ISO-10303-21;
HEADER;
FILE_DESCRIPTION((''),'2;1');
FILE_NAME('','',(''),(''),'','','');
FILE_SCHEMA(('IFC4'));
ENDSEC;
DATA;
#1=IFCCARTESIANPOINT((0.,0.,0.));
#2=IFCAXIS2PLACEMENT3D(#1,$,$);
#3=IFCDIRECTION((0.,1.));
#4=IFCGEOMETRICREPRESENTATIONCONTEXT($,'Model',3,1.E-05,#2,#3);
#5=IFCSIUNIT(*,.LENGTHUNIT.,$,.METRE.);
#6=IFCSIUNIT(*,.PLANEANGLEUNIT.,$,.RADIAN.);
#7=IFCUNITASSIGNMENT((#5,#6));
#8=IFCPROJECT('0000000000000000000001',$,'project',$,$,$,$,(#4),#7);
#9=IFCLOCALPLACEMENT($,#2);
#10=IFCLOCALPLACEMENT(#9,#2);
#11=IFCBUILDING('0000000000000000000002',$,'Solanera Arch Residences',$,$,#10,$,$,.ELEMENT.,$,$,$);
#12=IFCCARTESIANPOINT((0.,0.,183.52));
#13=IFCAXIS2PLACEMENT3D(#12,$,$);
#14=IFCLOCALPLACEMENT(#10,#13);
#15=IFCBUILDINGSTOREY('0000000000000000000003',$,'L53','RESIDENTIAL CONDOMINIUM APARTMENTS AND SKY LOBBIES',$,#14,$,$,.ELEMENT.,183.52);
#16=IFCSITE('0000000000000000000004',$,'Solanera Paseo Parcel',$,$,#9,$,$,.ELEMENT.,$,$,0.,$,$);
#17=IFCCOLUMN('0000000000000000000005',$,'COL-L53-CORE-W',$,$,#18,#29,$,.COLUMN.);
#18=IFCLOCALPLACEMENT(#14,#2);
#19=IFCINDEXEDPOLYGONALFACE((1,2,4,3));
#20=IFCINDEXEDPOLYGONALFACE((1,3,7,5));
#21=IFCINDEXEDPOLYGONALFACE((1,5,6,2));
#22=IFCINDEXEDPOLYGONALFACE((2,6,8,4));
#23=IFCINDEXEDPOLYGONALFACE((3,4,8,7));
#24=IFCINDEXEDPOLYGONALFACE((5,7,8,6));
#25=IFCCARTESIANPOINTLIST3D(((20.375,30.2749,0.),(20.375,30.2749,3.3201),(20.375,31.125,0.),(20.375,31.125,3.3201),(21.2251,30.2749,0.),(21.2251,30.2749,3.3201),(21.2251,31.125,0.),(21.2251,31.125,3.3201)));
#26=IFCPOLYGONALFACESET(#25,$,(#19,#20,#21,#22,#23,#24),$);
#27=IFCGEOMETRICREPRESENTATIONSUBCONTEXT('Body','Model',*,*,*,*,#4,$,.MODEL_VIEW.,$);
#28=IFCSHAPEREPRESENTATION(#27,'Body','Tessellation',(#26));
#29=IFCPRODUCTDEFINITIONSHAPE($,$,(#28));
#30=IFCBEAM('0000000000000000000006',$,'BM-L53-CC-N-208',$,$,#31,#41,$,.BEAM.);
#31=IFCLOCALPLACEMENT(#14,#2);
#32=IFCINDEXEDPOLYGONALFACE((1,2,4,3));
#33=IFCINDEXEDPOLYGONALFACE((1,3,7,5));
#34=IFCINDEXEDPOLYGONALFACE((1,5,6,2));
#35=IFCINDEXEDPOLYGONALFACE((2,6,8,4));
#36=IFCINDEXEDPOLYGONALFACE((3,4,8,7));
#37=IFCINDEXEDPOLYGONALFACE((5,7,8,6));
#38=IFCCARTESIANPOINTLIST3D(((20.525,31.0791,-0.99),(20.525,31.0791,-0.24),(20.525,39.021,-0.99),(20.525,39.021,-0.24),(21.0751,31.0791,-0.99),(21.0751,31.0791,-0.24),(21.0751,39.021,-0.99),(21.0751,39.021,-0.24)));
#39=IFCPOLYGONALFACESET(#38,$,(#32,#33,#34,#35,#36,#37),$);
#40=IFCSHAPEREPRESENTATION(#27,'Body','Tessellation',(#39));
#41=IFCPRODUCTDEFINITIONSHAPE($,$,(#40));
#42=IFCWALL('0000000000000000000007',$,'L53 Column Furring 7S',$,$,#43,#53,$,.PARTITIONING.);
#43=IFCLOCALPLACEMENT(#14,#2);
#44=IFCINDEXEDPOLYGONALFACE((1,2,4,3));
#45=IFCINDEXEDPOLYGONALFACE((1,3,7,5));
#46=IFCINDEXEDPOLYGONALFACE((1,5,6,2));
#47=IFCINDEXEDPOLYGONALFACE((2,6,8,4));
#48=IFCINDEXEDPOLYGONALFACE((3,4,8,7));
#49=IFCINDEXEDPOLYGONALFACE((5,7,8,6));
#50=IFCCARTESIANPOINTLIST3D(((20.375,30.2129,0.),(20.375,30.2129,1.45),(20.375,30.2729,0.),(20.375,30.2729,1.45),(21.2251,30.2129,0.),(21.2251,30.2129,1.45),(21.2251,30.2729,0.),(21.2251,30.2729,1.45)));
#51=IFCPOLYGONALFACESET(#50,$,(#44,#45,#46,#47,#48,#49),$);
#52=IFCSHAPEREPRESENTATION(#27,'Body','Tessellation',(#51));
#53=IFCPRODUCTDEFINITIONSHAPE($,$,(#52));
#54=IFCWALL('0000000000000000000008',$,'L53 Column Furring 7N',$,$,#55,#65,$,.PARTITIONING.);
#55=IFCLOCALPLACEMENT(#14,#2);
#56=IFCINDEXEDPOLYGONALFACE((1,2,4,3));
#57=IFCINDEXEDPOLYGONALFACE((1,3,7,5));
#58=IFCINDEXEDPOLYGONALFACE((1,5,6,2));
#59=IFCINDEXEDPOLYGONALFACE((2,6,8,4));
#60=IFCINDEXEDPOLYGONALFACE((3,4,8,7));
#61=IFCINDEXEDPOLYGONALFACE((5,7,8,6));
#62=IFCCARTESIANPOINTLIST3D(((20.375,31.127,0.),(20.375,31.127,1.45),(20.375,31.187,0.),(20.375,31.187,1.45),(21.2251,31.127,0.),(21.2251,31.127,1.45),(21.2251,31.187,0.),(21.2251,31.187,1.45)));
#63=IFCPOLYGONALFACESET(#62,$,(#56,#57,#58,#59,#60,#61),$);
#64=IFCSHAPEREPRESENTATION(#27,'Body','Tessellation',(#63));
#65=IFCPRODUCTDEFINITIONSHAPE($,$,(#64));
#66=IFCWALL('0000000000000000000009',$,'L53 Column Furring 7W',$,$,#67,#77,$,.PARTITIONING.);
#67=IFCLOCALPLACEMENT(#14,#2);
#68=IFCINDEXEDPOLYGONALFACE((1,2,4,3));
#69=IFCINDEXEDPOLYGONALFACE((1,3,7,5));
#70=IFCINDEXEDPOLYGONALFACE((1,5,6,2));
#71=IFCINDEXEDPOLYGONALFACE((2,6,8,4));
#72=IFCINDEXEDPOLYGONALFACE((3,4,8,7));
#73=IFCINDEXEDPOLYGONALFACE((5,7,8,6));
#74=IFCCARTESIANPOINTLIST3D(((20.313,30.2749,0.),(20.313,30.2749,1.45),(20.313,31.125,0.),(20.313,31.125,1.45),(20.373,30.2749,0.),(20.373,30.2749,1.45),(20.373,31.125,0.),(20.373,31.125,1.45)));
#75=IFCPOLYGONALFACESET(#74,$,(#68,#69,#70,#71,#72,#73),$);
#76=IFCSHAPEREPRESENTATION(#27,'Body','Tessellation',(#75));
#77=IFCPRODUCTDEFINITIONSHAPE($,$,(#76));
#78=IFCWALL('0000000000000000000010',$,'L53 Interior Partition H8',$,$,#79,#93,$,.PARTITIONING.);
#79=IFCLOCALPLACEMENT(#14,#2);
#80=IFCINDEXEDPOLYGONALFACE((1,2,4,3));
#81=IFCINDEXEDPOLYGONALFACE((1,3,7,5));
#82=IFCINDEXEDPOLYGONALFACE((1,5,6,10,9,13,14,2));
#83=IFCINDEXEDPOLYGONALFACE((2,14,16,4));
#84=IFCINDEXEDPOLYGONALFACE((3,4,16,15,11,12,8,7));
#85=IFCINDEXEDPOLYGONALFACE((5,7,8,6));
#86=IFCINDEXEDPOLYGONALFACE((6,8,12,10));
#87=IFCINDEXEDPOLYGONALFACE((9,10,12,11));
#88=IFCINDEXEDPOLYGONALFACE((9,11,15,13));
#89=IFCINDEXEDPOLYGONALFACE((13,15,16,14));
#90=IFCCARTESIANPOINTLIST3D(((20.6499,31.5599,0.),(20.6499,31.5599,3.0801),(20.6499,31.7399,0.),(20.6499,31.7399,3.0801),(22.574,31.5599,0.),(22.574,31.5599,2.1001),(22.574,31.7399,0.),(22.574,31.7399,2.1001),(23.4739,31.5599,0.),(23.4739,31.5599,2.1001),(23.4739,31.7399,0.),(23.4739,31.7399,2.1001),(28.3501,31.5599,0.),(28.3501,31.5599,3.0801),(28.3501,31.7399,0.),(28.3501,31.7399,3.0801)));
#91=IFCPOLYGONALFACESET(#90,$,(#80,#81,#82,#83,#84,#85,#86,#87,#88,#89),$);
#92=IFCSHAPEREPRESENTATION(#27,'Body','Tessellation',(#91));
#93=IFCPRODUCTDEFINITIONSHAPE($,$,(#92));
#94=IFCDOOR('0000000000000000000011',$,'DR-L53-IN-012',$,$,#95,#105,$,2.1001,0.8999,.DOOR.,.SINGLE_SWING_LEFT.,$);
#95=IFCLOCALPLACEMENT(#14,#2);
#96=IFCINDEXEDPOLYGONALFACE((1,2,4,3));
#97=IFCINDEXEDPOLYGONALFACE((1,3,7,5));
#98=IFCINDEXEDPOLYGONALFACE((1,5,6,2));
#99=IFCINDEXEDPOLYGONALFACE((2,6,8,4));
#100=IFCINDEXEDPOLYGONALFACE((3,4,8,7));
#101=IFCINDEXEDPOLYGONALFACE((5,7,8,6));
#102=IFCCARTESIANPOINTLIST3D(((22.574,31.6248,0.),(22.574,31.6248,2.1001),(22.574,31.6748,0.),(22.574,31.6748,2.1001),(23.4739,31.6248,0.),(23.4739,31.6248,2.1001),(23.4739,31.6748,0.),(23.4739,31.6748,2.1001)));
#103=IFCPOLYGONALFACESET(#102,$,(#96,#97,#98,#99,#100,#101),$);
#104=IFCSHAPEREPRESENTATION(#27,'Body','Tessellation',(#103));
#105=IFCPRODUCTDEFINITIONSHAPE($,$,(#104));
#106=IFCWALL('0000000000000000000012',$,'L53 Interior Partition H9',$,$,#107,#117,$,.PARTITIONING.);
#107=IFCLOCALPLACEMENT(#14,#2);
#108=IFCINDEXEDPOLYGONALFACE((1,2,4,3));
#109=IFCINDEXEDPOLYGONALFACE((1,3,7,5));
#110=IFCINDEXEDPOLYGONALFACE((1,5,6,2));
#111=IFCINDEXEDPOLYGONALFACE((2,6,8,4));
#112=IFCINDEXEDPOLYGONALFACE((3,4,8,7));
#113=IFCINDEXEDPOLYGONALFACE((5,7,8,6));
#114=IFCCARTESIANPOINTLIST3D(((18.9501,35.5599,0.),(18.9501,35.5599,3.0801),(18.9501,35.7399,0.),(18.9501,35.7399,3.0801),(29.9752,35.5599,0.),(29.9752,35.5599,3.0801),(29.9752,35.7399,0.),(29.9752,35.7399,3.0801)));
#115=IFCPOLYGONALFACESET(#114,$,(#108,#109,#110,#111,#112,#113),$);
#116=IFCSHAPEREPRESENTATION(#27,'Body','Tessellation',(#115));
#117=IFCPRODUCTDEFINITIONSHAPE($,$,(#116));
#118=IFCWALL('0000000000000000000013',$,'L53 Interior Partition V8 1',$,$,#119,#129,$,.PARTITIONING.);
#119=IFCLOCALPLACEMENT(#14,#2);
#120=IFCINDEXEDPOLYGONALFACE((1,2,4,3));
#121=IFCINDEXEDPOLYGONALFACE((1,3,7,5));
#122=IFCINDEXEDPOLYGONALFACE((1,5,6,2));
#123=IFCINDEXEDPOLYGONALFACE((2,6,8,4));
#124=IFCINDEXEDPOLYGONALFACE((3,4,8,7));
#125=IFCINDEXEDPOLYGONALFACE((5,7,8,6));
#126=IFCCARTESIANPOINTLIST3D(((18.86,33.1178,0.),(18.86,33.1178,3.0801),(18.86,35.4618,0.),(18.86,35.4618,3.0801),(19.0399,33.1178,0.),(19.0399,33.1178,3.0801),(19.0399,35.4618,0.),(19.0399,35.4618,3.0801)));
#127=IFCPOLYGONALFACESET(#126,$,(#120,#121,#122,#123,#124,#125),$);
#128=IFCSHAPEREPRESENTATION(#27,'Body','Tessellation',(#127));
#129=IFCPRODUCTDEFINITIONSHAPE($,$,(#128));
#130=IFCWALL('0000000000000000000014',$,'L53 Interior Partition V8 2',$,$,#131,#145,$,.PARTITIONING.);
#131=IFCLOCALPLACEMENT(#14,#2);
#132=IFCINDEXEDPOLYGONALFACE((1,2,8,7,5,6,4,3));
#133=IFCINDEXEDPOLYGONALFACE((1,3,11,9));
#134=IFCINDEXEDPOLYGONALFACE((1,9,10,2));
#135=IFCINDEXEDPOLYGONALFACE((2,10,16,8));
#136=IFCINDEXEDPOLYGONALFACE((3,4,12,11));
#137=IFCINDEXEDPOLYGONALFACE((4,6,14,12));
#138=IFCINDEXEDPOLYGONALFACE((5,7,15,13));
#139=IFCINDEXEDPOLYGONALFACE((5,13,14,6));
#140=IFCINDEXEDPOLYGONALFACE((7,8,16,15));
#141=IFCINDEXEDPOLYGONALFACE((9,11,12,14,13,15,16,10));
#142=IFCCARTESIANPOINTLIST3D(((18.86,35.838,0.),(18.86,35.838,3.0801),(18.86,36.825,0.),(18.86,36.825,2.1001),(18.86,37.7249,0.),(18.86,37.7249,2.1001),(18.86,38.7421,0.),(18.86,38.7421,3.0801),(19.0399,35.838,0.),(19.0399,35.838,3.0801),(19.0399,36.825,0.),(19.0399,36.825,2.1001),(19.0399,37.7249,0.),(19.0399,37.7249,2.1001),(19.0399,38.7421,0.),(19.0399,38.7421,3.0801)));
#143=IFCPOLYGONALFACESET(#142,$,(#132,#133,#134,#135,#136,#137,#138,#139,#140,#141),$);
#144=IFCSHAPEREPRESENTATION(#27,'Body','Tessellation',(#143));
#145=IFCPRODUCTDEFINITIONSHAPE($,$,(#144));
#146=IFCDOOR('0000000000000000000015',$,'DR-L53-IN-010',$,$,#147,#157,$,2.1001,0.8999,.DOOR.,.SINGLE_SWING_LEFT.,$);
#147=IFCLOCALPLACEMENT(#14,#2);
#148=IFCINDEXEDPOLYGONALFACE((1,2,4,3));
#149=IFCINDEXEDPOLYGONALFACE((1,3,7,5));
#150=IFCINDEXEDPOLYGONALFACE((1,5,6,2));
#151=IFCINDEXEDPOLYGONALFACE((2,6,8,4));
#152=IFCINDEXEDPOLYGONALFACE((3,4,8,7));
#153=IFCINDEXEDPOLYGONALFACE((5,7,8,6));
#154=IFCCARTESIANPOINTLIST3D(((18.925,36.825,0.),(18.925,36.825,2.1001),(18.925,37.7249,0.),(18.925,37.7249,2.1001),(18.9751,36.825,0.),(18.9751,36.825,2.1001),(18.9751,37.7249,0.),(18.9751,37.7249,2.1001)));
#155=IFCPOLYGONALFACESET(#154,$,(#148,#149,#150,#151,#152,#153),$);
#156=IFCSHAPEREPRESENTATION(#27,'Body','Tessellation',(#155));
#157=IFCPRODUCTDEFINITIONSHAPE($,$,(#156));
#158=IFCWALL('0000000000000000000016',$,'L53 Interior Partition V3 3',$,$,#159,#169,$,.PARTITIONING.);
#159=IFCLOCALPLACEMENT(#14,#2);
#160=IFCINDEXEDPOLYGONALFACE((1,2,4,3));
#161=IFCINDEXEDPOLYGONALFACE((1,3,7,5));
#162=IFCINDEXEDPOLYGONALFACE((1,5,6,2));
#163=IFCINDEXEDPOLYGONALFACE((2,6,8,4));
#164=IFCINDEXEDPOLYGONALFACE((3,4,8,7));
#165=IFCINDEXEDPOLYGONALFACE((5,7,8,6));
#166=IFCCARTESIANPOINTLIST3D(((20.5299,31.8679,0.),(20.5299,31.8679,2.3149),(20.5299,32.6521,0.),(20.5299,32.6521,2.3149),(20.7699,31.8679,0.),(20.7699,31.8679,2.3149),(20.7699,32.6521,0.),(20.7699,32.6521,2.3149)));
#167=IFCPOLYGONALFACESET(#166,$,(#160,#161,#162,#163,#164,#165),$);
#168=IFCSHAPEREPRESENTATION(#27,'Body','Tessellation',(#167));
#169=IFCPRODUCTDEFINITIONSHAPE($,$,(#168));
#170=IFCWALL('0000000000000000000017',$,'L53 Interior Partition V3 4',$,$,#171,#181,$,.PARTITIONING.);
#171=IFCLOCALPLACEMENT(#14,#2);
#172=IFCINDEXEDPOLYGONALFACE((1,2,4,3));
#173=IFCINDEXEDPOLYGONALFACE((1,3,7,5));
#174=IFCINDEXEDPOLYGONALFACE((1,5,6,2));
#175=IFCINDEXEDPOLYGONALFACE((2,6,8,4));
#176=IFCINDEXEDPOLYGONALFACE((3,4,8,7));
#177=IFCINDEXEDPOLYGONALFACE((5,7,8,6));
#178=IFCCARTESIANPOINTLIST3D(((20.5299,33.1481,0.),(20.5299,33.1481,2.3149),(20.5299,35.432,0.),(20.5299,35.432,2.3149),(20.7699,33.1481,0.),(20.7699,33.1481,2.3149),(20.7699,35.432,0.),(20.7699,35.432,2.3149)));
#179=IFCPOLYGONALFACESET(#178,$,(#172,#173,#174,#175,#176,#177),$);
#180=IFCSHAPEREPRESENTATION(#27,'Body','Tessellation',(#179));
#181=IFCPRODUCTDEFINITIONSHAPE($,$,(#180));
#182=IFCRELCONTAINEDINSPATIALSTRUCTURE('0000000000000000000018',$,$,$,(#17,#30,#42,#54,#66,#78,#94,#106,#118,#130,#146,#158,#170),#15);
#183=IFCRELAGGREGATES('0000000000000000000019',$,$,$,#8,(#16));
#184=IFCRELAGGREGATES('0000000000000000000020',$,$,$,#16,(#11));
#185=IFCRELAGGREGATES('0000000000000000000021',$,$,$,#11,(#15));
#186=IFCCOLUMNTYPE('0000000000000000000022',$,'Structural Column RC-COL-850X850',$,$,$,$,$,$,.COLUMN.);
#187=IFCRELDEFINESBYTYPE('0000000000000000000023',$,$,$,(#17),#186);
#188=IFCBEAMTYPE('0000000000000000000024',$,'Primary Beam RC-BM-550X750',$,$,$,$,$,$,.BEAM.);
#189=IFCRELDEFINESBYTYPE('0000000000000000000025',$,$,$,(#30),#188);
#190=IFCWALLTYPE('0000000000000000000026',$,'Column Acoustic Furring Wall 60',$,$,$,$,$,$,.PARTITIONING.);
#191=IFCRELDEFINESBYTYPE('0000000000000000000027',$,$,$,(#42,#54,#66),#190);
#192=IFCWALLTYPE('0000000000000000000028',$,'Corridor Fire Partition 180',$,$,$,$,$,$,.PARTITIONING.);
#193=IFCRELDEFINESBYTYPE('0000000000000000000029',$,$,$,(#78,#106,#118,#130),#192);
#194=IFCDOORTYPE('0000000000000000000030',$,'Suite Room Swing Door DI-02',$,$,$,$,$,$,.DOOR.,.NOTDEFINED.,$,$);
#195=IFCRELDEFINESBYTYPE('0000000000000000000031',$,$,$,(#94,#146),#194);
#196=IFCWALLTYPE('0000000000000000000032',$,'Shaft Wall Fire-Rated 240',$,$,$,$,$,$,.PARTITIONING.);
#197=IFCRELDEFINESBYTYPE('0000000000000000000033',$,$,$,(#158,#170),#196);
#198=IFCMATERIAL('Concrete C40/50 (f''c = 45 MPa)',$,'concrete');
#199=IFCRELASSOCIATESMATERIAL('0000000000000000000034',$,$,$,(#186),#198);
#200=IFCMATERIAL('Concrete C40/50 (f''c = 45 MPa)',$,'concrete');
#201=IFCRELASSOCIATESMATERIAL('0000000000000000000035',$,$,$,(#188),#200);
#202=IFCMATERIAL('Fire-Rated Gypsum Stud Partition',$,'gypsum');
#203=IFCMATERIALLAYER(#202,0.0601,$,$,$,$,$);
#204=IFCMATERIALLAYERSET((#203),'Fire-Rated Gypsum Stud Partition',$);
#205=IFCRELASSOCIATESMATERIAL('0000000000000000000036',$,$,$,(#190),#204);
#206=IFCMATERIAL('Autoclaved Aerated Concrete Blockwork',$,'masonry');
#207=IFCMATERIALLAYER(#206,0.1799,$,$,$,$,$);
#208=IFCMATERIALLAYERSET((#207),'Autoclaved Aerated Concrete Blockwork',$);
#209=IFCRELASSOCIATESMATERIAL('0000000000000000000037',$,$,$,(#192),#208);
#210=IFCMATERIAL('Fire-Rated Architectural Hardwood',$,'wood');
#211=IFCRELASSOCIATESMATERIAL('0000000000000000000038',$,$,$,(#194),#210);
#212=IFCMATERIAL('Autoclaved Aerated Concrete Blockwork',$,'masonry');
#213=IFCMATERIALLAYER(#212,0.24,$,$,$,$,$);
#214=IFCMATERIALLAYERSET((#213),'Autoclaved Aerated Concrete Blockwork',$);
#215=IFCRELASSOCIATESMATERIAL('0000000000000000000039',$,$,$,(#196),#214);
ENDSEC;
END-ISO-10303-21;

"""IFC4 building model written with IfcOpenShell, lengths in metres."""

from ifc_helpers import new_model, si_unit, direction, frame, frame_2d, origin, origin_2d, place, context, subcontext, project, spatial, rectangle, extrude, material, layer, layer_set, material_profile, profile_set, type_object, element, fill, save


model = new_model("IFC4")

# Units and contexts
model_context = context("Model", 3, precision=1e-05, world=origin(), true_north=direction((0.0, 1.0)))
body_context = subcontext(model_context, "Body", "Model", "MODEL_VIEW")
ifc_project = project(units=[si_unit("LENGTHUNIT", "METRE"), si_unit("PLANEANGLEUNIT", "RADIAN")], contexts=[model_context])

# Site, building, storey
site_placement = place(None, origin())
site = spatial("IfcSite", under=ifc_project, at=site_placement, Name="Solanera Paseo Parcel", CompositionType="ELEMENT", RefElevation=0.0)
building_placement = place(site_placement, origin())
building = spatial("IfcBuilding", under=site, at=building_placement, Name="Solanera Arch Residences", CompositionType="ELEMENT")
storey_placement = place(building_placement, frame((0.0, 0.0, 183.52)))
storey = spatial("IfcBuildingStorey", under=building, at=storey_placement, Name="L53", Description="RESIDENTIAL CONDOMINIUM APARTMENTS AND SKY LOBBIES", CompositionType="ELEMENT", Elevation=183.52)

# Column
ifc_material_1 = material(Name="Concrete C40/50 (f'c = 45 MPa)", Category="concrete")
ifc_material_profile_1 = material_profile(ifc_material_1, rectangle(XDim=0.8501, YDim=0.8501, at=origin_2d()))
ifc_profile_set_1 = profile_set([ifc_material_profile_1], Name="Concrete C40/50 (f'c = 45 MPa)")
column_type = type_object("IfcColumnType", Name="Structural Column RC-COL-850X850", PredefinedType="COLUMN", material=ifc_profile_set_1)
column_placement = place(storey_placement, frame((20.8, 30.7, 0.0), z_axis=(0.0, 0.0, 1.0), x_axis=(1.0, 0.0, 0.0)))
element("IfcColumn", 1, at=column_placement, inside=storey, type_object=column_type, Name="COL-L53-CORE-W", PredefinedType="COLUMN", context=body_context, shape_type="SweptSolid", body=[
    extrude(rectangle(XDim=0.8501, YDim=0.8501, at=origin_2d()), origin(), (0.0, 0.0, 1.0), 3.3201),
])

# Beam
ifc_material_2 = material(Name="Concrete C40/50 (f'c = 45 MPa)", Category="concrete")
ifc_material_profile_2 = material_profile(ifc_material_2, rectangle(XDim=0.55, YDim=0.75, at=origin_2d()))
ifc_profile_set_2 = profile_set([ifc_material_profile_2], Name="Concrete C40/50 (f'c = 45 MPa)")
beam_type = type_object("IfcBeamType", Name="Primary Beam RC-BM-550X750", PredefinedType="BEAM", material=ifc_profile_set_2)
beam_placement = place(storey_placement, frame((20.8, 31.0791, -0.615), z_axis=(0.0, 1.0, 0.0), x_axis=(-1.0, 0.0, 0.0)))
element("IfcBeam", 2, at=beam_placement, inside=storey, type_object=beam_type, Name="BM-L53-CC-N-208", PredefinedType="BEAM", context=body_context, shape_type="SweptSolid", body=[
    extrude(rectangle(XDim=0.55, YDim=0.75, at=origin_2d()), origin(), (0.0, 0.0, 1.0), 7.9419),
])

# Walls
ifc_material_3 = material(Name="Fire-Rated Gypsum Stud Partition", Category="gypsum")
ifc_layer_1 = layer(ifc_material_3, 0.0601)
ifc_layer_set_1 = layer_set([ifc_layer_1], Name="Fire-Rated Gypsum Stud Partition")
wall_type_1 = type_object("IfcWallType", Name="Column Acoustic Furring Wall 60", PredefinedType="PARTITIONING", material=ifc_layer_set_1)
for number, where, z_axis, x_axis, name in (
    (3, (20.375, 30.2429, 0.0), (0.0, 0.0, 1.0), (1.0, 0.0, 0.0), "L53 Column Furring 7S"),
    (4, (20.375, 31.157, 0.0), (0.0, 0.0, 1.0), (1.0, 0.0, 0.0), "L53 Column Furring 7N"),
    (5, (20.343, 30.2749, 0.0), (0.0, 0.0, 1.0), (0.0, 1.0, 0.0), "L53 Column Furring 7W"),
):
    element("IfcWall", number, at=place(storey_placement, frame(where, z_axis=z_axis, x_axis=x_axis)), inside=storey, type_object=wall_type_1, Name=name, PredefinedType="PARTITIONING", context=body_context, shape_type="SweptSolid", body=[
        extrude(rectangle(XDim=0.8501, YDim=0.0601, at=frame_2d((0.425, 0.0))), origin(), (0.0, 0.0, 1.0), 1.45),
    ])

# Wall, opening, door
ifc_material_4 = material(Name="Autoclaved Aerated Concrete Blockwork", Category="masonry")
ifc_layer_2 = layer(ifc_material_4, 0.1799)
ifc_layer_set_2 = layer_set([ifc_layer_2], Name="Autoclaved Aerated Concrete Blockwork")
wall_type_2 = type_object("IfcWallType", Name="Corridor Fire Partition 180", PredefinedType="PARTITIONING", material=ifc_layer_set_2)
wall_1_placement = place(storey_placement, frame((20.6499, 31.6499, 0.0), z_axis=(0.0, 0.0, 1.0), x_axis=(1.0, 0.0, 0.0)))
wall_1 = element("IfcWall", 6, at=wall_1_placement, inside=storey, type_object=wall_type_2, Name="L53 Interior Partition H8", PredefinedType="PARTITIONING", context=body_context, shape_type="SweptSolid", body=[
    extrude(rectangle(XDim=7.7002, YDim=0.1799, at=frame_2d((3.8501, 0.0))), origin(), (0.0, 0.0, 1.0), 3.0801),
])
opening_1_placement = place(wall_1_placement, frame((1.9241, 0.0, 0.0)))
opening_1 = element("IfcOpeningElement", 7, at=opening_1_placement, cuts=wall_1, PredefinedType="OPENING", context=body_context, shape_type="SweptSolid", body=[
    extrude(rectangle(XDim=0.8999, YDim=2.1001, at=frame_2d((0.45, 1.05))), frame((0.0, 0.1001, 0.0), z_axis=(0.0, -1.0, 0.0), x_axis=(1.0, 0.0, 0.0)), (0.0, 0.0, 1.0), 0.1999),
])
ifc_material_5 = material(Name="Fire-Rated Architectural Hardwood", Category="wood")
door_type_1 = type_object("IfcDoorType", Name="Suite Room Swing Door DI-02", OperationType="NOTDEFINED", PredefinedType="DOOR", material=ifc_material_5)
door_1_placement = place(opening_1_placement, origin())
door_1 = element("IfcDoor", 8, at=door_1_placement, inside=storey, type_object=door_type_1, Name="DR-L53-IN-012", OperationType="SINGLE_SWING_LEFT", OverallHeight=2.1001, OverallWidth=0.8999, PredefinedType="DOOR", context=body_context, shape_type="SweptSolid", body=[
    extrude(rectangle(XDim=0.8999, YDim=2.1001, at=frame_2d((0.45, 1.05))), frame((0.0, 0.0249, 0.0), z_axis=(0.0, -1.0, 0.0), x_axis=(1.0, 0.0, 0.0)), (0.0, 0.0, 1.0), 0.05),
])
fill(opening_1, door_1)

# Walls
wall_2_placement = place(storey_placement, frame((18.95, 35.6499, 0.0), z_axis=(0.0, 0.0, 1.0), x_axis=(1.0, 0.0, 0.0)))
element("IfcWall", 9, at=wall_2_placement, inside=storey, type_object=wall_type_2, Name="L53 Interior Partition H9", PredefinedType="PARTITIONING", context=body_context, shape_type="SweptSolid", body=[
    extrude(rectangle(XDim=11.0251, YDim=0.1799, at=frame_2d((5.5127, 0.0))), origin(), (0.0, 0.0, 1.0), 3.0801),
])
wall_3_placement = place(storey_placement, frame((18.95, 33.1179, 0.0), z_axis=(0.0, 0.0, 1.0), x_axis=(0.0, 1.0, 0.0)))
element("IfcWall", 10, at=wall_3_placement, inside=storey, type_object=wall_type_2, Name="L53 Interior Partition V8 1", PredefinedType="PARTITIONING", context=body_context, shape_type="SweptSolid", body=[
    extrude(rectangle(XDim=2.344, YDim=0.1799, at=frame_2d((1.1719, 0.0))), origin(), (0.0, 0.0, 1.0), 3.0801),
])

# Wall, opening, door
wall_4_placement = place(storey_placement, frame((18.95, 35.8379, 0.0), z_axis=(0.0, 0.0, 1.0), x_axis=(0.0, 1.0, 0.0)))
wall_4 = element("IfcWall", 11, at=wall_4_placement, inside=storey, type_object=wall_type_2, Name="L53 Interior Partition V8 2", PredefinedType="PARTITIONING", context=body_context, shape_type="SweptSolid", body=[
    extrude(rectangle(XDim=2.9041, YDim=0.1799, at=frame_2d((1.4521, 0.0))), origin(), (0.0, 0.0, 1.0), 3.0801),
])
opening_2_placement = place(wall_4_placement, frame((0.9871, 0.0, 0.0)))
opening_2 = element("IfcOpeningElement", 12, at=opening_2_placement, cuts=wall_4, PredefinedType="OPENING", context=body_context, shape_type="SweptSolid", body=[
    extrude(rectangle(XDim=0.8999, YDim=2.1001, at=frame_2d((0.45, 1.05))), frame((0.0, 0.1001, 0.0), z_axis=(0.0, -1.0, 0.0), x_axis=(1.0, 0.0, 0.0)), (0.0, 0.0, 1.0), 0.1999),
])
door_2_placement = place(opening_2_placement, origin())
door_2 = element("IfcDoor", 13, at=door_2_placement, inside=storey, type_object=door_type_1, Name="DR-L53-IN-010", OperationType="SINGLE_SWING_LEFT", OverallHeight=2.1001, OverallWidth=0.8999, PredefinedType="DOOR", context=body_context, shape_type="SweptSolid", body=[
    extrude(rectangle(XDim=0.8999, YDim=2.1001, at=frame_2d((0.45, 1.05))), frame((0.0, 0.0249, 0.0), z_axis=(0.0, -1.0, 0.0), x_axis=(1.0, 0.0, 0.0)), (0.0, 0.0, 1.0), 0.05),
])
fill(opening_2, door_2)
ifc_material_6 = material(Name="Autoclaved Aerated Concrete Blockwork", Category="masonry")
ifc_layer_3 = layer(ifc_material_6, 0.24)
ifc_layer_set_3 = layer_set([ifc_layer_3], Name="Autoclaved Aerated Concrete Blockwork")
wall_type_3 = type_object("IfcWallType", Name="Shaft Wall Fire-Rated 240", PredefinedType="PARTITIONING", material=ifc_layer_set_3)

# Walls
wall_5_placement = place(storey_placement, frame((20.6499, 31.8679, 0.0), z_axis=(0.0, 0.0, 1.0), x_axis=(0.0, 1.0, 0.0)))
element("IfcWall", 14, at=wall_5_placement, inside=storey, type_object=wall_type_3, Name="L53 Interior Partition V3 3", PredefinedType="PARTITIONING", context=body_context, shape_type="SweptSolid", body=[
    extrude(rectangle(XDim=0.7842, YDim=0.24, at=frame_2d((0.3921, 0.0))), origin(), (0.0, 0.0, 1.0), 2.3149),
])
wall_6_placement = place(storey_placement, frame((20.6499, 33.1479, 0.0), z_axis=(0.0, 0.0, 1.0), x_axis=(0.0, 1.0, 0.0)))
element("IfcWall", 15, at=wall_6_placement, inside=storey, type_object=wall_type_3, Name="L53 Interior Partition V3 4", PredefinedType="PARTITIONING", context=body_context, shape_type="SweptSolid", body=[
    extrude(rectangle(XDim=2.2839, YDim=0.24, at=frame_2d((1.1421, 0.0))), origin(), (0.0, 0.0, 1.0), 2.3149),
])

save(model, "model.ifc")
